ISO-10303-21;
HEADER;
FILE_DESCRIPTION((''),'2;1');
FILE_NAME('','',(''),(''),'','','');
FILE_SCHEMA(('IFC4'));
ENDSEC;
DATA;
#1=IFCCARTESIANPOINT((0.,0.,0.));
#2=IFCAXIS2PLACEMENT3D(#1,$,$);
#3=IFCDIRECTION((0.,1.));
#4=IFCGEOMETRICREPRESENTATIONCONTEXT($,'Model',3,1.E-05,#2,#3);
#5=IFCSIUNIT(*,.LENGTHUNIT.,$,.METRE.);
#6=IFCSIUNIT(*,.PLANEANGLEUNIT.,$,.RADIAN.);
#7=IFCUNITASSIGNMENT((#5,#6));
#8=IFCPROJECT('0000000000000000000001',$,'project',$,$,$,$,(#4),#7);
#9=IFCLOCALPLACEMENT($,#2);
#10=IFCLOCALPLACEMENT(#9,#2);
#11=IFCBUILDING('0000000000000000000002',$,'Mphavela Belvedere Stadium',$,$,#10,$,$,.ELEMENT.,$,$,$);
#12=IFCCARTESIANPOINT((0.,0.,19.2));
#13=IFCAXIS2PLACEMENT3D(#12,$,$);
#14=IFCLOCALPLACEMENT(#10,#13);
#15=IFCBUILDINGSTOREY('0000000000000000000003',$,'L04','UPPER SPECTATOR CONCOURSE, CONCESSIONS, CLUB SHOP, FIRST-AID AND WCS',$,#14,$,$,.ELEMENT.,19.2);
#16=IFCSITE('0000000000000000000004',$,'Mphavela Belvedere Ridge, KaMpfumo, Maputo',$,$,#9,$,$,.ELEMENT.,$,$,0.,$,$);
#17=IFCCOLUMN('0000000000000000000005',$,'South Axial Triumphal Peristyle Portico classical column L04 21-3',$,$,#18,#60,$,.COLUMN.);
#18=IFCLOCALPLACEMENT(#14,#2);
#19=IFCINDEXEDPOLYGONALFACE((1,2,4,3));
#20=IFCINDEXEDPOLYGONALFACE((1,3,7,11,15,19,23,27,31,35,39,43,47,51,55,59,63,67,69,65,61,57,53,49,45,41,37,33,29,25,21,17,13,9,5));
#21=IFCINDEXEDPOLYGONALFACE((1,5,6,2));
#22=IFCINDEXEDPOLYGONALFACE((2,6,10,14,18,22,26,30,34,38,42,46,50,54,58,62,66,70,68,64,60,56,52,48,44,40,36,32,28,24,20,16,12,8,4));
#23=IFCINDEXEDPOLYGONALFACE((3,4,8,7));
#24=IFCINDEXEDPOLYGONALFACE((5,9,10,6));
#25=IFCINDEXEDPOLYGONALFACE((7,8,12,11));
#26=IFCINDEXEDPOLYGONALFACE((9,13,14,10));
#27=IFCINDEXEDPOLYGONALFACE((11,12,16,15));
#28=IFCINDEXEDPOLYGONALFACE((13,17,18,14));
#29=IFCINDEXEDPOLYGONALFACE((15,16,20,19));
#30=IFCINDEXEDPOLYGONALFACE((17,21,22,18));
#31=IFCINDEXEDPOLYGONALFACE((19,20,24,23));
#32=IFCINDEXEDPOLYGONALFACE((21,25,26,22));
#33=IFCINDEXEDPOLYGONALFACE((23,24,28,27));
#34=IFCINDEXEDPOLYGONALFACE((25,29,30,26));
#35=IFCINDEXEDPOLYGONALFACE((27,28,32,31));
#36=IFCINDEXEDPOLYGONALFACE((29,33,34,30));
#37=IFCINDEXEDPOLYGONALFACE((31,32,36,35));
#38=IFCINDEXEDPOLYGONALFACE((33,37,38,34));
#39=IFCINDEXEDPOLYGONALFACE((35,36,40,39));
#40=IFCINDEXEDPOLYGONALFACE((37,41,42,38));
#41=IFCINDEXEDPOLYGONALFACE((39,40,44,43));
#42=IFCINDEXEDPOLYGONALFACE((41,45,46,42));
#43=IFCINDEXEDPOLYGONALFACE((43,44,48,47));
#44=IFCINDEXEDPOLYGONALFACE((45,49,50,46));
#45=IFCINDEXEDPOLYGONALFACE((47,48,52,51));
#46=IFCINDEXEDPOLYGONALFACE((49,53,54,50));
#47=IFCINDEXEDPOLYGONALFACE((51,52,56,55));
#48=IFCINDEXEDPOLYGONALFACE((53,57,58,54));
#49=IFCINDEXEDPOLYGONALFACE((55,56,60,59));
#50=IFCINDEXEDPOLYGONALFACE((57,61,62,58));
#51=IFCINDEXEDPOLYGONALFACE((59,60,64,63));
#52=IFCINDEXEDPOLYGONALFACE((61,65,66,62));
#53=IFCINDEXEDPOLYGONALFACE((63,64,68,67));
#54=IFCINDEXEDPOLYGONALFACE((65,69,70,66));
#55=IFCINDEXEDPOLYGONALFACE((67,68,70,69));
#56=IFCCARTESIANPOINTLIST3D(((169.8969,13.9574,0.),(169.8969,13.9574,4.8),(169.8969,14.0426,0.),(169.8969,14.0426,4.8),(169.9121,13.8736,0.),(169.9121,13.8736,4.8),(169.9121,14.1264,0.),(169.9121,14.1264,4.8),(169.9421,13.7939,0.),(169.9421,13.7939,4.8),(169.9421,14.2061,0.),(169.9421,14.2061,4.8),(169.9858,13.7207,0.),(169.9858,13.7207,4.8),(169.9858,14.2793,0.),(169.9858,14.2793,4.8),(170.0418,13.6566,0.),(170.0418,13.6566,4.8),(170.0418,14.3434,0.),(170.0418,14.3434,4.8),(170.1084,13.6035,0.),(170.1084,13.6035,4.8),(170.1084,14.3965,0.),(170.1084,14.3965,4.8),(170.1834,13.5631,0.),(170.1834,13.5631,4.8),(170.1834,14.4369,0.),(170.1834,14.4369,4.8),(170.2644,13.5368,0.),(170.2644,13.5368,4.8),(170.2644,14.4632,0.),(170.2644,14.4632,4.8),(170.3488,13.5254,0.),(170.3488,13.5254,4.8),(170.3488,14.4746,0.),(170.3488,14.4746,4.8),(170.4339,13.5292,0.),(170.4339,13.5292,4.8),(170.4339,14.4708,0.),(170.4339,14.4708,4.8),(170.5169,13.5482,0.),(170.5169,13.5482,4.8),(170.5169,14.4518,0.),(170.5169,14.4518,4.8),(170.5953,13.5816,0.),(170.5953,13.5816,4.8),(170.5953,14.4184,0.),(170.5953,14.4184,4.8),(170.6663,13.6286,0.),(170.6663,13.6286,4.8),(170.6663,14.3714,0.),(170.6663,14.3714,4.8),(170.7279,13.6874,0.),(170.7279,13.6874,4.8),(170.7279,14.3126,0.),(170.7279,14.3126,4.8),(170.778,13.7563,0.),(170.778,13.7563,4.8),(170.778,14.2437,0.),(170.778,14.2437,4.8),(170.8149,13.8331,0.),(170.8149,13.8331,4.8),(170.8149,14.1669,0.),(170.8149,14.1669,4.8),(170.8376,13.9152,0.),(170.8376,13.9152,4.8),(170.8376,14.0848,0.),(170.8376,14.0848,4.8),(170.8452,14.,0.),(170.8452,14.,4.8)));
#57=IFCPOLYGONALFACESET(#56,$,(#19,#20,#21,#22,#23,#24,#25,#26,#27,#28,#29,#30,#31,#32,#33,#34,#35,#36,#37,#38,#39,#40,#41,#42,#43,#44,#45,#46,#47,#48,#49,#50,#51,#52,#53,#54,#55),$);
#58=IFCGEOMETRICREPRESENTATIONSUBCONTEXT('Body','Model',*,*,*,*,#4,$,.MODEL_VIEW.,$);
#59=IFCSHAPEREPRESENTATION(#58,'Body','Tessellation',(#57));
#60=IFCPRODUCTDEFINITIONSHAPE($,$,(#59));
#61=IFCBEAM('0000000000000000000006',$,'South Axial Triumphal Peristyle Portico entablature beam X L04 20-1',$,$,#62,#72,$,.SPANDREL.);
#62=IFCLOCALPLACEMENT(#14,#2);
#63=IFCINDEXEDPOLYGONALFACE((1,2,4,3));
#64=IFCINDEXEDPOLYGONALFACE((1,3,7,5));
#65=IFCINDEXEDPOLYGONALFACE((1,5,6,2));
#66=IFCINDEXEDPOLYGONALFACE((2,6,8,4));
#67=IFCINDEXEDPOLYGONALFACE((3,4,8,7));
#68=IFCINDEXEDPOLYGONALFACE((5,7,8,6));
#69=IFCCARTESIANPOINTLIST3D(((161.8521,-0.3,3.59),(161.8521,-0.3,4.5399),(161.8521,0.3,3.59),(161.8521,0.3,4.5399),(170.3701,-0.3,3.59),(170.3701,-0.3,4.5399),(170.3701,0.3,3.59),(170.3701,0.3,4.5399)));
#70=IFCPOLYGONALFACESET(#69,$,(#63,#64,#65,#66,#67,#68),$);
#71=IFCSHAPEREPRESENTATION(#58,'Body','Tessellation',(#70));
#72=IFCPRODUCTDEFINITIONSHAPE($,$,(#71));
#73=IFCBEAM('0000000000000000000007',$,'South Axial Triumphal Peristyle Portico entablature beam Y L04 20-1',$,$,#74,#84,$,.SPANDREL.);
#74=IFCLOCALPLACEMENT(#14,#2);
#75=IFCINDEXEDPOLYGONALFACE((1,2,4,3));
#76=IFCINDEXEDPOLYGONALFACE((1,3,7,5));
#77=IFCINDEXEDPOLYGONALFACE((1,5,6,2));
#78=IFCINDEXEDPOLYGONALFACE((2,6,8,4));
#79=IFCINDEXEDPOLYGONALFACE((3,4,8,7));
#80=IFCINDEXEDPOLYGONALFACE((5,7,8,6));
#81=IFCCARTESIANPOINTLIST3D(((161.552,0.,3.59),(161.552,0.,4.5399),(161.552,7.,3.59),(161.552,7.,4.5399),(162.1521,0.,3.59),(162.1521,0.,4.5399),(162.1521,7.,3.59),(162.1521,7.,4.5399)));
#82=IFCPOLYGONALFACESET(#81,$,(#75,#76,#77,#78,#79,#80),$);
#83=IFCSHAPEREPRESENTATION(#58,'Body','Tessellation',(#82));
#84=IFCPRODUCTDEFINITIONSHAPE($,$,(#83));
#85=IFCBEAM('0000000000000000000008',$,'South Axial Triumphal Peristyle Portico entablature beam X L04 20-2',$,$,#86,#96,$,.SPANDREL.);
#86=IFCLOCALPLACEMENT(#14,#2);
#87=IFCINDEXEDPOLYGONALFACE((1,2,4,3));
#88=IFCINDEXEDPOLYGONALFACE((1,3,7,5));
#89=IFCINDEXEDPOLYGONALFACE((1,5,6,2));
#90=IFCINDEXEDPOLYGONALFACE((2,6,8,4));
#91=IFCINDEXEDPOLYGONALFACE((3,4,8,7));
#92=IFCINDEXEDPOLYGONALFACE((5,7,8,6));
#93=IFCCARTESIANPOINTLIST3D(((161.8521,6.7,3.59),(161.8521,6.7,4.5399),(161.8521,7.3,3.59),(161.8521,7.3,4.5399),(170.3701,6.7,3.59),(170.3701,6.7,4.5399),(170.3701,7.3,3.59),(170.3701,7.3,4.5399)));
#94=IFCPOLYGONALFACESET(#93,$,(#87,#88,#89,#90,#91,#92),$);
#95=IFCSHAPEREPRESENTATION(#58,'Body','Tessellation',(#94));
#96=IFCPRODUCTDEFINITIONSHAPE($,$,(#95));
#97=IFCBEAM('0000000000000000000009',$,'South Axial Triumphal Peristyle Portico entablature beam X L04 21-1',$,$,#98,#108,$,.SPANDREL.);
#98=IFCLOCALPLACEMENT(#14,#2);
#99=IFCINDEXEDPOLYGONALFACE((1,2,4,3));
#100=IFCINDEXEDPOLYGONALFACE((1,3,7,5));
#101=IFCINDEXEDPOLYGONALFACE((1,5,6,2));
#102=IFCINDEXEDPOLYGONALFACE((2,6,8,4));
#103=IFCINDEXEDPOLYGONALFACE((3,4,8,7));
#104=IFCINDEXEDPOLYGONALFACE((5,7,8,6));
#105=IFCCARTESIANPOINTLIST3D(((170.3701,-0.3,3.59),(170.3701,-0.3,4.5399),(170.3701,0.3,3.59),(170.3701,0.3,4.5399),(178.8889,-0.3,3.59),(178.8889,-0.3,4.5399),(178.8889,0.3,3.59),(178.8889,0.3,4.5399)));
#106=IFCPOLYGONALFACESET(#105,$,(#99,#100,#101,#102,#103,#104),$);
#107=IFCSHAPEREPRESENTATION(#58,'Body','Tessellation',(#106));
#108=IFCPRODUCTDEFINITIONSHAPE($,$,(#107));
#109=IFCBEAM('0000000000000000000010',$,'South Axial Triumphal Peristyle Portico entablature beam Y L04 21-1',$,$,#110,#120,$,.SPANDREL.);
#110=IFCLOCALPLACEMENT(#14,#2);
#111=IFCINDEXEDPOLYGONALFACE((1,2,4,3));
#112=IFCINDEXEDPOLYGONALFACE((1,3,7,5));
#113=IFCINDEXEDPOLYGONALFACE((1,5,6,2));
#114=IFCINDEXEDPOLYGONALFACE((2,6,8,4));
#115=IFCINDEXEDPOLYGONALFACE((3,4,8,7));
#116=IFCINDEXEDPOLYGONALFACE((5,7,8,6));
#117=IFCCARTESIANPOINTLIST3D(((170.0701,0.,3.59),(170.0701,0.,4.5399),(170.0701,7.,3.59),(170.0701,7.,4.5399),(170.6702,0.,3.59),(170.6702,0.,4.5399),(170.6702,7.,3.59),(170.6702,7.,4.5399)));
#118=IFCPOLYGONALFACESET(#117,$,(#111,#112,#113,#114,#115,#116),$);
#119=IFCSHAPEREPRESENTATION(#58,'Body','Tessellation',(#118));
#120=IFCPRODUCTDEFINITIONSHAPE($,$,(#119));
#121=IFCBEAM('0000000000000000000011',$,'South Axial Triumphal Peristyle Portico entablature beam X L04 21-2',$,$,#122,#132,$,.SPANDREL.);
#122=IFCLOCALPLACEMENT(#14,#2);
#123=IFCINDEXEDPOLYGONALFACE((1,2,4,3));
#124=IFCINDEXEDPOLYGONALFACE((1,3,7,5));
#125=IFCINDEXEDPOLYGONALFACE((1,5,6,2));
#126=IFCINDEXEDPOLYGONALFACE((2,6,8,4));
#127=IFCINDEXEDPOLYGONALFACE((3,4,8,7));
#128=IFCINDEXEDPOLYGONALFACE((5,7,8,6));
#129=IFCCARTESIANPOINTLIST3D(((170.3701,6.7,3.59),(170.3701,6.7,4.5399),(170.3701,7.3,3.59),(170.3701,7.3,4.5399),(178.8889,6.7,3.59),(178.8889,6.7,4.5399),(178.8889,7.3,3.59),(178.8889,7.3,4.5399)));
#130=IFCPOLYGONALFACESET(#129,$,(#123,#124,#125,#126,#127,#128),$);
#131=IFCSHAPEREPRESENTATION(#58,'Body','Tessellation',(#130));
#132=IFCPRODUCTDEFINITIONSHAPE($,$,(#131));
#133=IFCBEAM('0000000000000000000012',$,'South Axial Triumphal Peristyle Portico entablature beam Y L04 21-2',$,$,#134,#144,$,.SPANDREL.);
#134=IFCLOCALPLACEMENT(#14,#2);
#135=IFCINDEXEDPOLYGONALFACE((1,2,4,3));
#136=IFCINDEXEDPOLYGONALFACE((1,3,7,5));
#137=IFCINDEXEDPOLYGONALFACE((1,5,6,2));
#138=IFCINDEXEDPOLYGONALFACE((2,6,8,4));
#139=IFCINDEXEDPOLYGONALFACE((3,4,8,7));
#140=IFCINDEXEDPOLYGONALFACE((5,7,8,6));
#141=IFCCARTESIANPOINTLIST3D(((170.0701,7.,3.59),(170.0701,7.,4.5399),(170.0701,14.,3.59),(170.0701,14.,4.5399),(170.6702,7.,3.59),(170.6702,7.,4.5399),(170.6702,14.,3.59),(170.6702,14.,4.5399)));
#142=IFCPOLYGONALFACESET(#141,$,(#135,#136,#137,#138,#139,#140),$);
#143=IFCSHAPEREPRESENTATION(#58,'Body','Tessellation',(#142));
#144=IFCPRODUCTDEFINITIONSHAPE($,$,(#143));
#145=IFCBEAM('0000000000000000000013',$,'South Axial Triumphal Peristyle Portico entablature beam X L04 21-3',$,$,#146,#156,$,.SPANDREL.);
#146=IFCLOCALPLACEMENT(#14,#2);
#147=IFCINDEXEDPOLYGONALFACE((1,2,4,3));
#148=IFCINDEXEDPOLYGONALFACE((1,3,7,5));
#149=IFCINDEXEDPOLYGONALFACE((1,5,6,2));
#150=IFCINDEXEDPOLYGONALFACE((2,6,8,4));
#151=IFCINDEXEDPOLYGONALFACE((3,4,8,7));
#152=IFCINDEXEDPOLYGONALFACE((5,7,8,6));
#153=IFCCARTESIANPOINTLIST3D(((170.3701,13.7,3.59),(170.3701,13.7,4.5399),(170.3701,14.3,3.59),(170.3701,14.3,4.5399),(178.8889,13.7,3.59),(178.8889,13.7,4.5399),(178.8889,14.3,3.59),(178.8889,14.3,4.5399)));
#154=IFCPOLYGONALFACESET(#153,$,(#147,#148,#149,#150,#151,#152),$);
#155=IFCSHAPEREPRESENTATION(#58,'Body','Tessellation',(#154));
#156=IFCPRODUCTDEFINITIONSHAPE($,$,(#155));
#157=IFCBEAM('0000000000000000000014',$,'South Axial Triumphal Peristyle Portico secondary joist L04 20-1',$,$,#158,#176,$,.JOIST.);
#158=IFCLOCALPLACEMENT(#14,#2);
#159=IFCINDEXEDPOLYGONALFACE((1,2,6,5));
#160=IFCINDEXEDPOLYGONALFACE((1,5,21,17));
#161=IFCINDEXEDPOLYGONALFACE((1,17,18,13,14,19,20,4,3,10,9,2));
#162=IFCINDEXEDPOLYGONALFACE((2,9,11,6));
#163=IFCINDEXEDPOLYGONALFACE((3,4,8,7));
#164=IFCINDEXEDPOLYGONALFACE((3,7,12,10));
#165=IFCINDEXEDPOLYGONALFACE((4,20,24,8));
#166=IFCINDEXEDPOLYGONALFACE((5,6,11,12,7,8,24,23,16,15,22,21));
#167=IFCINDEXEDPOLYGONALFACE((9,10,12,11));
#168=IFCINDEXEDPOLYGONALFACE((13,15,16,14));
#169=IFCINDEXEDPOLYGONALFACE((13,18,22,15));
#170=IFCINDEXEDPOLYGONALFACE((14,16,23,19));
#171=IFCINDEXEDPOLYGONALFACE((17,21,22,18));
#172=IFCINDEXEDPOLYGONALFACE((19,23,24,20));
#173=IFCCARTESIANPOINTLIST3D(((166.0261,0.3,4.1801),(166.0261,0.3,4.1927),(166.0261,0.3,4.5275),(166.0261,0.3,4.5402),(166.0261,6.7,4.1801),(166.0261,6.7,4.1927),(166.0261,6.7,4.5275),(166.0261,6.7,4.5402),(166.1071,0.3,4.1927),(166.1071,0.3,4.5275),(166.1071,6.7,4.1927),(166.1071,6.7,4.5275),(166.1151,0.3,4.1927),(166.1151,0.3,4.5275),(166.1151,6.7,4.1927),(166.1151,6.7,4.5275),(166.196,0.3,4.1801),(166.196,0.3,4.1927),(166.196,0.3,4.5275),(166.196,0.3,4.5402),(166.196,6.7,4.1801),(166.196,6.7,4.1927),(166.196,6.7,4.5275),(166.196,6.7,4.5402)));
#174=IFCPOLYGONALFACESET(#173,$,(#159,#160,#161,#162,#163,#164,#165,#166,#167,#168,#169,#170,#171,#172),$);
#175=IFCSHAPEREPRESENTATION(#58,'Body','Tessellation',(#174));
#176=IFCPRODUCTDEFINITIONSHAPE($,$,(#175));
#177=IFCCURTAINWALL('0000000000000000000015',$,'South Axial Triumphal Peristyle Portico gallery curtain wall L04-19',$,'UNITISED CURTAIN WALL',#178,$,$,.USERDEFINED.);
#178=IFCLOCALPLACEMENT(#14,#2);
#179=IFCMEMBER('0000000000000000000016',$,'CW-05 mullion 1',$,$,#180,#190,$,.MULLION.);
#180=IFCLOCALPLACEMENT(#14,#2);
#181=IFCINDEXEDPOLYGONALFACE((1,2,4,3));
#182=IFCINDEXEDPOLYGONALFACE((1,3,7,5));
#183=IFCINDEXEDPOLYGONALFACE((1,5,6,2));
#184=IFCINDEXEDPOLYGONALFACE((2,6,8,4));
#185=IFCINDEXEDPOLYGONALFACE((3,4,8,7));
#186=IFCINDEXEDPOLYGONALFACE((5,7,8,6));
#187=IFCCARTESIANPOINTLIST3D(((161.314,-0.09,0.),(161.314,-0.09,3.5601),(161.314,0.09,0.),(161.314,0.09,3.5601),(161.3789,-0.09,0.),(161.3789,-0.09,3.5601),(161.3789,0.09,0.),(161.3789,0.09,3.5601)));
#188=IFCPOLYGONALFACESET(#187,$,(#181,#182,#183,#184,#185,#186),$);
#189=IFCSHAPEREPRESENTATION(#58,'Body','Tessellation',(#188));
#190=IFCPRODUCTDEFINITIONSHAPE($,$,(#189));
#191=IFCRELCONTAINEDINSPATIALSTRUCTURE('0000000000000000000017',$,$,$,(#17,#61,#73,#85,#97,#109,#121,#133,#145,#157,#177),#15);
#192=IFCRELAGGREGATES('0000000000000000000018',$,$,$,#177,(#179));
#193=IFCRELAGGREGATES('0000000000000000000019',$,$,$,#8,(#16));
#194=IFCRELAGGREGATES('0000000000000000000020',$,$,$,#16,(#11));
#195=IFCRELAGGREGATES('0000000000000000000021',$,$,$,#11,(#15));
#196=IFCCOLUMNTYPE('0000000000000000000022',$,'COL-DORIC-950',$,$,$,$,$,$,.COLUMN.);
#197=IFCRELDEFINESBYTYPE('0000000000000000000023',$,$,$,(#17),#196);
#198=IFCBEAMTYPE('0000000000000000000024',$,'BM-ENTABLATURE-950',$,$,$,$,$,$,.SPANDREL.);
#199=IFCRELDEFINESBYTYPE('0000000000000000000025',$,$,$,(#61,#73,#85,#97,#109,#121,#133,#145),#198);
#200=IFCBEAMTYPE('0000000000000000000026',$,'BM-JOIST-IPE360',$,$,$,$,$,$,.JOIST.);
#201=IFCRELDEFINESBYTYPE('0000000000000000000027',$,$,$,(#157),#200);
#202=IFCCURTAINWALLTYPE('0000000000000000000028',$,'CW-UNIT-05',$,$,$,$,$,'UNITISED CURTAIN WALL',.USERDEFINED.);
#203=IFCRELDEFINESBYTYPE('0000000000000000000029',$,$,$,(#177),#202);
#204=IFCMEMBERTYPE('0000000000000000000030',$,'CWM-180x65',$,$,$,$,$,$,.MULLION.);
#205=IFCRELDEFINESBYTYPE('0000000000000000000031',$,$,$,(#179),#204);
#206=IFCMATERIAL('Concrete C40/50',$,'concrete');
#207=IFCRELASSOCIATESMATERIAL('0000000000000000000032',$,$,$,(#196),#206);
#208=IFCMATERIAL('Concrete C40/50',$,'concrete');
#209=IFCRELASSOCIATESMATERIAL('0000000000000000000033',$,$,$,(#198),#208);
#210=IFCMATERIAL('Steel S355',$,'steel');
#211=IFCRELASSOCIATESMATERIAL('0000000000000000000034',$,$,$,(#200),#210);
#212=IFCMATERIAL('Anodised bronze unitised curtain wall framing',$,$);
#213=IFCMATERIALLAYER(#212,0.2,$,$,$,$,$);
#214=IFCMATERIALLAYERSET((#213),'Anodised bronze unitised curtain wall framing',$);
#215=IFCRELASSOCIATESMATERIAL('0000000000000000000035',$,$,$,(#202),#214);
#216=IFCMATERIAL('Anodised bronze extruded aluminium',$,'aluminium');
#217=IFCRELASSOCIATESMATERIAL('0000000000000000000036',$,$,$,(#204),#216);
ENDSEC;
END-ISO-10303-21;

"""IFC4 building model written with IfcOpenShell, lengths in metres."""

from ifc_helpers import new_model, si_unit, direction, frame, origin, origin_2d, place, context, subcontext, project, spatial, rectangle, circle, i_section, extrude, material, layer, layer_set, material_profile, profile_set, type_object, element, aggregate, save


model = new_model("IFC4")

# Units and contexts
model_context = context("Model", 3, precision=1e-05, world=origin(), true_north=direction((0.0, 1.0)))
body_context = subcontext(model_context, "Body", "Model", "MODEL_VIEW")
ifc_project = project(units=[si_unit("LENGTHUNIT", "METRE"), si_unit("PLANEANGLEUNIT", "RADIAN")], contexts=[model_context])

# Site, building, storey
site_placement = place(None, origin())
site = spatial("IfcSite", under=ifc_project, at=site_placement, Name="Mphavela Belvedere Ridge, KaMpfumo, Maputo", CompositionType="ELEMENT", RefElevation=0.0)
building_placement = place(site_placement, origin())
building = spatial("IfcBuilding", under=site, at=building_placement, Name="Mphavela Belvedere Stadium", CompositionType="ELEMENT")
storey_placement = place(building_placement, frame((0.0, 0.0, 19.2)))
storey = spatial("IfcBuildingStorey", under=building, at=storey_placement, Name="L04", Description="UPPER SPECTATOR CONCOURSE, CONCESSIONS, CLUB SHOP, FIRST-AID AND WCS", CompositionType="ELEMENT", Elevation=19.2)

# Column
ifc_material_1 = material(Name="Concrete C40/50", Category="concrete")
ifc_material_profile_1 = material_profile(ifc_material_1, circle(Radius=0.4751, at=origin_2d()), Name="COL D950")
ifc_profile_set_1 = profile_set([ifc_material_profile_1], Name="Concrete C40/50")
column_type = type_object("IfcColumnType", Name="COL-DORIC-950", PredefinedType="COLUMN", material=ifc_profile_set_1)
for number, where, z_axis, x_axis, name in (
    (1, (170.3701, 14.0, 0.0), (0.0, 0.0, 1.0), (1.0, 0.0, 0.0), "South Axial Triumphal Peristyle Portico classical column L04 21-3"),
):
    element("IfcColumn", number, at=place(storey_placement, frame(where, z_axis=z_axis, x_axis=x_axis)), inside=storey, type_object=column_type, Name=name, PredefinedType="COLUMN", context=body_context, shape_type="SweptSolid", body=[
        extrude(circle(Radius=0.4751, at=origin_2d()), origin(), (0.0, 0.0, 1.0), 4.8),
    ])

# Beams
ifc_material_2 = material(Name="Concrete C40/50", Category="concrete")
ifc_material_profile_2 = material_profile(ifc_material_2, rectangle(XDim=0.6001, YDim=0.95, at=origin_2d()), Name="RC 600x950")
ifc_profile_set_2 = profile_set([ifc_material_profile_2], Name="Concrete C40/50")
beam_type_1 = type_object("IfcBeamType", Name="BM-ENTABLATURE-950", PredefinedType="SPANDREL", material=ifc_profile_set_2)
beam_1_placement = place(storey_placement, frame((161.8521, 0.0, 4.0649), z_axis=(1.0, 0.0, 0.0), x_axis=(0.0, 1.0, 0.0)))
element("IfcBeam", 2, at=beam_1_placement, inside=storey, type_object=beam_type_1, Name="South Axial Triumphal Peristyle Portico entablature beam X L04 20-1", PredefinedType="SPANDREL", context=body_context, shape_type="SweptSolid", body=[
    extrude(rectangle(XDim=0.6001, YDim=0.95, at=origin_2d()), origin(), (0.0, 0.0, 1.0), 8.5181),
])
beam_2_placement = place(storey_placement, frame((161.8521, 0.0, 4.0649), z_axis=(0.0, 1.0, 0.0), x_axis=(-1.0, 0.0, 0.0)))
element("IfcBeam", 3, at=beam_2_placement, inside=storey, type_object=beam_type_1, Name="South Axial Triumphal Peristyle Portico entablature beam Y L04 20-1", PredefinedType="SPANDREL", context=body_context, shape_type="SweptSolid", body=[
    extrude(rectangle(XDim=0.6001, YDim=0.95, at=origin_2d()), origin(), (0.0, 0.0, 1.0), 7.0),
])
beam_3_placement = place(storey_placement, frame((161.8521, 7.0, 4.0649), z_axis=(1.0, 0.0, 0.0), x_axis=(0.0, 1.0, 0.0)))
element("IfcBeam", 4, at=beam_3_placement, inside=storey, type_object=beam_type_1, Name="South Axial Triumphal Peristyle Portico entablature beam X L04 20-2", PredefinedType="SPANDREL", context=body_context, shape_type="SweptSolid", body=[
    extrude(rectangle(XDim=0.6001, YDim=0.95, at=origin_2d()), origin(), (0.0, 0.0, 1.0), 8.5181),
])
beam_4_placement = place(storey_placement, frame((170.3701, 0.0, 4.0649), z_axis=(1.0, 0.0, 0.0), x_axis=(0.0, 1.0, 0.0)))
element("IfcBeam", 5, at=beam_4_placement, inside=storey, type_object=beam_type_1, Name="South Axial Triumphal Peristyle Portico entablature beam X L04 21-1", PredefinedType="SPANDREL", context=body_context, shape_type="SweptSolid", body=[
    extrude(rectangle(XDim=0.6001, YDim=0.95, at=origin_2d()), origin(), (0.0, 0.0, 1.0), 8.5188),
])
beam_5_placement = place(storey_placement, frame((170.3701, 0.0, 4.0649), z_axis=(0.0, 1.0, 0.0), x_axis=(-1.0, 0.0, 0.0)))
element("IfcBeam", 6, at=beam_5_placement, inside=storey, type_object=beam_type_1, Name="South Axial Triumphal Peristyle Portico entablature beam Y L04 21-1", PredefinedType="SPANDREL", context=body_context, shape_type="SweptSolid", body=[
    extrude(rectangle(XDim=0.6001, YDim=0.95, at=origin_2d()), origin(), (0.0, 0.0, 1.0), 7.0),
])
beam_6_placement = place(storey_placement, frame((170.3701, 7.0, 4.0649), z_axis=(1.0, 0.0, 0.0), x_axis=(0.0, 1.0, 0.0)))
element("IfcBeam", 7, at=beam_6_placement, inside=storey, type_object=beam_type_1, Name="South Axial Triumphal Peristyle Portico entablature beam X L04 21-2", PredefinedType="SPANDREL", context=body_context, shape_type="SweptSolid", body=[
    extrude(rectangle(XDim=0.6001, YDim=0.95, at=origin_2d()), origin(), (0.0, 0.0, 1.0), 8.5188),
])
beam_7_placement = place(storey_placement, frame((170.3701, 7.0, 4.0649), z_axis=(0.0, 1.0, 0.0), x_axis=(-1.0, 0.0, 0.0)))
element("IfcBeam", 8, at=beam_7_placement, inside=storey, type_object=beam_type_1, Name="South Axial Triumphal Peristyle Portico entablature beam Y L04 21-2", PredefinedType="SPANDREL", context=body_context, shape_type="SweptSolid", body=[
    extrude(rectangle(XDim=0.6001, YDim=0.95, at=origin_2d()), origin(), (0.0, 0.0, 1.0), 7.0),
])
beam_8_placement = place(storey_placement, frame((170.3701, 14.0, 4.0649), z_axis=(1.0, 0.0, 0.0), x_axis=(0.0, 1.0, 0.0)))
element("IfcBeam", 9, at=beam_8_placement, inside=storey, type_object=beam_type_1, Name="South Axial Triumphal Peristyle Portico entablature beam X L04 21-3", PredefinedType="SPANDREL", context=body_context, shape_type="SweptSolid", body=[
    extrude(rectangle(XDim=0.6001, YDim=0.95, at=origin_2d()), origin(), (0.0, 0.0, 1.0), 8.5188),
])
ifc_material_3 = material(Name="Steel S355", Category="steel")
ifc_material_profile_3 = material_profile(ifc_material_3, i_section(OverallWidth=0.1699, OverallDepth=0.3601, WebThickness=0.0081, FlangeThickness=0.0127, at=origin_2d()), Name="IPE 360")
ifc_profile_set_3 = profile_set([ifc_material_profile_3], Name="Steel S355")
beam_type_2 = type_object("IfcBeamType", Name="BM-JOIST-IPE360", PredefinedType="JOIST", material=ifc_profile_set_3)
beam_9_placement = place(storey_placement, frame((166.1111, 0.3, 4.3601), z_axis=(0.0, 1.0, 0.0), x_axis=(-1.0, 0.0, 0.0)))
element("IfcBeam", 10, at=beam_9_placement, inside=storey, type_object=beam_type_2, Name="South Axial Triumphal Peristyle Portico secondary joist L04 20-1", PredefinedType="JOIST", context=body_context, shape_type="SweptSolid", body=[
    extrude(i_section(OverallWidth=0.1699, OverallDepth=0.3601, WebThickness=0.0081, FlangeThickness=0.0127, at=origin_2d()), origin(), (0.0, 0.0, 1.0), 6.3999),
])

# Curtain wall, member
ifc_material_4 = material(Name="Anodised bronze unitised curtain wall framing")
ifc_layer_1 = layer(ifc_material_4, 0.2)
ifc_layer_set_1 = layer_set([ifc_layer_1], Name="Anodised bronze unitised curtain wall framing")
curtain_wall_type = type_object("IfcCurtainWallType", Name="CW-UNIT-05", ElementType="UNITISED CURTAIN WALL", PredefinedType="USERDEFINED", material=ifc_layer_set_1)
curtain_wall_placement = place(storey_placement, origin())
curtain_wall = element("IfcCurtainWall", 11, at=curtain_wall_placement, inside=storey, type_object=curtain_wall_type, Name="South Axial Triumphal Peristyle Portico gallery curtain wall L04-19", ObjectType="UNITISED CURTAIN WALL", PredefinedType="USERDEFINED")
ifc_material_5 = material(Name="Anodised bronze extruded aluminium", Category="aluminium")
ifc_material_profile_4 = material_profile(ifc_material_5, rectangle(XDim=0.1799, YDim=0.0649, at=origin_2d()), Name="CW-MUL 180x65")
ifc_profile_set_4 = profile_set([ifc_material_profile_4], Name="Anodised bronze extruded aluminium")
member_type_1 = type_object("IfcMemberType", Name="CWM-180x65", PredefinedType="MULLION", material=ifc_profile_set_4)
member_1_placement = place(storey_placement, frame((161.3464, 0.0, 0.0), z_axis=(0.0, 0.0, 1.0), x_axis=(0.0, -1.0, 0.0)))
member_1 = element("IfcMember", 12, at=member_1_placement, type_object=member_type_1, Name="CW-05 mullion 1", PredefinedType="MULLION", context=body_context, shape_type="SweptSolid", body=[
    extrude(rectangle(XDim=0.1799, YDim=0.0649, at=origin_2d()), origin(), (0.0, 0.0, 1.0), 3.5601),
])
aggregate(curtain_wall, [member_1])

save(model, "model.ifc")
